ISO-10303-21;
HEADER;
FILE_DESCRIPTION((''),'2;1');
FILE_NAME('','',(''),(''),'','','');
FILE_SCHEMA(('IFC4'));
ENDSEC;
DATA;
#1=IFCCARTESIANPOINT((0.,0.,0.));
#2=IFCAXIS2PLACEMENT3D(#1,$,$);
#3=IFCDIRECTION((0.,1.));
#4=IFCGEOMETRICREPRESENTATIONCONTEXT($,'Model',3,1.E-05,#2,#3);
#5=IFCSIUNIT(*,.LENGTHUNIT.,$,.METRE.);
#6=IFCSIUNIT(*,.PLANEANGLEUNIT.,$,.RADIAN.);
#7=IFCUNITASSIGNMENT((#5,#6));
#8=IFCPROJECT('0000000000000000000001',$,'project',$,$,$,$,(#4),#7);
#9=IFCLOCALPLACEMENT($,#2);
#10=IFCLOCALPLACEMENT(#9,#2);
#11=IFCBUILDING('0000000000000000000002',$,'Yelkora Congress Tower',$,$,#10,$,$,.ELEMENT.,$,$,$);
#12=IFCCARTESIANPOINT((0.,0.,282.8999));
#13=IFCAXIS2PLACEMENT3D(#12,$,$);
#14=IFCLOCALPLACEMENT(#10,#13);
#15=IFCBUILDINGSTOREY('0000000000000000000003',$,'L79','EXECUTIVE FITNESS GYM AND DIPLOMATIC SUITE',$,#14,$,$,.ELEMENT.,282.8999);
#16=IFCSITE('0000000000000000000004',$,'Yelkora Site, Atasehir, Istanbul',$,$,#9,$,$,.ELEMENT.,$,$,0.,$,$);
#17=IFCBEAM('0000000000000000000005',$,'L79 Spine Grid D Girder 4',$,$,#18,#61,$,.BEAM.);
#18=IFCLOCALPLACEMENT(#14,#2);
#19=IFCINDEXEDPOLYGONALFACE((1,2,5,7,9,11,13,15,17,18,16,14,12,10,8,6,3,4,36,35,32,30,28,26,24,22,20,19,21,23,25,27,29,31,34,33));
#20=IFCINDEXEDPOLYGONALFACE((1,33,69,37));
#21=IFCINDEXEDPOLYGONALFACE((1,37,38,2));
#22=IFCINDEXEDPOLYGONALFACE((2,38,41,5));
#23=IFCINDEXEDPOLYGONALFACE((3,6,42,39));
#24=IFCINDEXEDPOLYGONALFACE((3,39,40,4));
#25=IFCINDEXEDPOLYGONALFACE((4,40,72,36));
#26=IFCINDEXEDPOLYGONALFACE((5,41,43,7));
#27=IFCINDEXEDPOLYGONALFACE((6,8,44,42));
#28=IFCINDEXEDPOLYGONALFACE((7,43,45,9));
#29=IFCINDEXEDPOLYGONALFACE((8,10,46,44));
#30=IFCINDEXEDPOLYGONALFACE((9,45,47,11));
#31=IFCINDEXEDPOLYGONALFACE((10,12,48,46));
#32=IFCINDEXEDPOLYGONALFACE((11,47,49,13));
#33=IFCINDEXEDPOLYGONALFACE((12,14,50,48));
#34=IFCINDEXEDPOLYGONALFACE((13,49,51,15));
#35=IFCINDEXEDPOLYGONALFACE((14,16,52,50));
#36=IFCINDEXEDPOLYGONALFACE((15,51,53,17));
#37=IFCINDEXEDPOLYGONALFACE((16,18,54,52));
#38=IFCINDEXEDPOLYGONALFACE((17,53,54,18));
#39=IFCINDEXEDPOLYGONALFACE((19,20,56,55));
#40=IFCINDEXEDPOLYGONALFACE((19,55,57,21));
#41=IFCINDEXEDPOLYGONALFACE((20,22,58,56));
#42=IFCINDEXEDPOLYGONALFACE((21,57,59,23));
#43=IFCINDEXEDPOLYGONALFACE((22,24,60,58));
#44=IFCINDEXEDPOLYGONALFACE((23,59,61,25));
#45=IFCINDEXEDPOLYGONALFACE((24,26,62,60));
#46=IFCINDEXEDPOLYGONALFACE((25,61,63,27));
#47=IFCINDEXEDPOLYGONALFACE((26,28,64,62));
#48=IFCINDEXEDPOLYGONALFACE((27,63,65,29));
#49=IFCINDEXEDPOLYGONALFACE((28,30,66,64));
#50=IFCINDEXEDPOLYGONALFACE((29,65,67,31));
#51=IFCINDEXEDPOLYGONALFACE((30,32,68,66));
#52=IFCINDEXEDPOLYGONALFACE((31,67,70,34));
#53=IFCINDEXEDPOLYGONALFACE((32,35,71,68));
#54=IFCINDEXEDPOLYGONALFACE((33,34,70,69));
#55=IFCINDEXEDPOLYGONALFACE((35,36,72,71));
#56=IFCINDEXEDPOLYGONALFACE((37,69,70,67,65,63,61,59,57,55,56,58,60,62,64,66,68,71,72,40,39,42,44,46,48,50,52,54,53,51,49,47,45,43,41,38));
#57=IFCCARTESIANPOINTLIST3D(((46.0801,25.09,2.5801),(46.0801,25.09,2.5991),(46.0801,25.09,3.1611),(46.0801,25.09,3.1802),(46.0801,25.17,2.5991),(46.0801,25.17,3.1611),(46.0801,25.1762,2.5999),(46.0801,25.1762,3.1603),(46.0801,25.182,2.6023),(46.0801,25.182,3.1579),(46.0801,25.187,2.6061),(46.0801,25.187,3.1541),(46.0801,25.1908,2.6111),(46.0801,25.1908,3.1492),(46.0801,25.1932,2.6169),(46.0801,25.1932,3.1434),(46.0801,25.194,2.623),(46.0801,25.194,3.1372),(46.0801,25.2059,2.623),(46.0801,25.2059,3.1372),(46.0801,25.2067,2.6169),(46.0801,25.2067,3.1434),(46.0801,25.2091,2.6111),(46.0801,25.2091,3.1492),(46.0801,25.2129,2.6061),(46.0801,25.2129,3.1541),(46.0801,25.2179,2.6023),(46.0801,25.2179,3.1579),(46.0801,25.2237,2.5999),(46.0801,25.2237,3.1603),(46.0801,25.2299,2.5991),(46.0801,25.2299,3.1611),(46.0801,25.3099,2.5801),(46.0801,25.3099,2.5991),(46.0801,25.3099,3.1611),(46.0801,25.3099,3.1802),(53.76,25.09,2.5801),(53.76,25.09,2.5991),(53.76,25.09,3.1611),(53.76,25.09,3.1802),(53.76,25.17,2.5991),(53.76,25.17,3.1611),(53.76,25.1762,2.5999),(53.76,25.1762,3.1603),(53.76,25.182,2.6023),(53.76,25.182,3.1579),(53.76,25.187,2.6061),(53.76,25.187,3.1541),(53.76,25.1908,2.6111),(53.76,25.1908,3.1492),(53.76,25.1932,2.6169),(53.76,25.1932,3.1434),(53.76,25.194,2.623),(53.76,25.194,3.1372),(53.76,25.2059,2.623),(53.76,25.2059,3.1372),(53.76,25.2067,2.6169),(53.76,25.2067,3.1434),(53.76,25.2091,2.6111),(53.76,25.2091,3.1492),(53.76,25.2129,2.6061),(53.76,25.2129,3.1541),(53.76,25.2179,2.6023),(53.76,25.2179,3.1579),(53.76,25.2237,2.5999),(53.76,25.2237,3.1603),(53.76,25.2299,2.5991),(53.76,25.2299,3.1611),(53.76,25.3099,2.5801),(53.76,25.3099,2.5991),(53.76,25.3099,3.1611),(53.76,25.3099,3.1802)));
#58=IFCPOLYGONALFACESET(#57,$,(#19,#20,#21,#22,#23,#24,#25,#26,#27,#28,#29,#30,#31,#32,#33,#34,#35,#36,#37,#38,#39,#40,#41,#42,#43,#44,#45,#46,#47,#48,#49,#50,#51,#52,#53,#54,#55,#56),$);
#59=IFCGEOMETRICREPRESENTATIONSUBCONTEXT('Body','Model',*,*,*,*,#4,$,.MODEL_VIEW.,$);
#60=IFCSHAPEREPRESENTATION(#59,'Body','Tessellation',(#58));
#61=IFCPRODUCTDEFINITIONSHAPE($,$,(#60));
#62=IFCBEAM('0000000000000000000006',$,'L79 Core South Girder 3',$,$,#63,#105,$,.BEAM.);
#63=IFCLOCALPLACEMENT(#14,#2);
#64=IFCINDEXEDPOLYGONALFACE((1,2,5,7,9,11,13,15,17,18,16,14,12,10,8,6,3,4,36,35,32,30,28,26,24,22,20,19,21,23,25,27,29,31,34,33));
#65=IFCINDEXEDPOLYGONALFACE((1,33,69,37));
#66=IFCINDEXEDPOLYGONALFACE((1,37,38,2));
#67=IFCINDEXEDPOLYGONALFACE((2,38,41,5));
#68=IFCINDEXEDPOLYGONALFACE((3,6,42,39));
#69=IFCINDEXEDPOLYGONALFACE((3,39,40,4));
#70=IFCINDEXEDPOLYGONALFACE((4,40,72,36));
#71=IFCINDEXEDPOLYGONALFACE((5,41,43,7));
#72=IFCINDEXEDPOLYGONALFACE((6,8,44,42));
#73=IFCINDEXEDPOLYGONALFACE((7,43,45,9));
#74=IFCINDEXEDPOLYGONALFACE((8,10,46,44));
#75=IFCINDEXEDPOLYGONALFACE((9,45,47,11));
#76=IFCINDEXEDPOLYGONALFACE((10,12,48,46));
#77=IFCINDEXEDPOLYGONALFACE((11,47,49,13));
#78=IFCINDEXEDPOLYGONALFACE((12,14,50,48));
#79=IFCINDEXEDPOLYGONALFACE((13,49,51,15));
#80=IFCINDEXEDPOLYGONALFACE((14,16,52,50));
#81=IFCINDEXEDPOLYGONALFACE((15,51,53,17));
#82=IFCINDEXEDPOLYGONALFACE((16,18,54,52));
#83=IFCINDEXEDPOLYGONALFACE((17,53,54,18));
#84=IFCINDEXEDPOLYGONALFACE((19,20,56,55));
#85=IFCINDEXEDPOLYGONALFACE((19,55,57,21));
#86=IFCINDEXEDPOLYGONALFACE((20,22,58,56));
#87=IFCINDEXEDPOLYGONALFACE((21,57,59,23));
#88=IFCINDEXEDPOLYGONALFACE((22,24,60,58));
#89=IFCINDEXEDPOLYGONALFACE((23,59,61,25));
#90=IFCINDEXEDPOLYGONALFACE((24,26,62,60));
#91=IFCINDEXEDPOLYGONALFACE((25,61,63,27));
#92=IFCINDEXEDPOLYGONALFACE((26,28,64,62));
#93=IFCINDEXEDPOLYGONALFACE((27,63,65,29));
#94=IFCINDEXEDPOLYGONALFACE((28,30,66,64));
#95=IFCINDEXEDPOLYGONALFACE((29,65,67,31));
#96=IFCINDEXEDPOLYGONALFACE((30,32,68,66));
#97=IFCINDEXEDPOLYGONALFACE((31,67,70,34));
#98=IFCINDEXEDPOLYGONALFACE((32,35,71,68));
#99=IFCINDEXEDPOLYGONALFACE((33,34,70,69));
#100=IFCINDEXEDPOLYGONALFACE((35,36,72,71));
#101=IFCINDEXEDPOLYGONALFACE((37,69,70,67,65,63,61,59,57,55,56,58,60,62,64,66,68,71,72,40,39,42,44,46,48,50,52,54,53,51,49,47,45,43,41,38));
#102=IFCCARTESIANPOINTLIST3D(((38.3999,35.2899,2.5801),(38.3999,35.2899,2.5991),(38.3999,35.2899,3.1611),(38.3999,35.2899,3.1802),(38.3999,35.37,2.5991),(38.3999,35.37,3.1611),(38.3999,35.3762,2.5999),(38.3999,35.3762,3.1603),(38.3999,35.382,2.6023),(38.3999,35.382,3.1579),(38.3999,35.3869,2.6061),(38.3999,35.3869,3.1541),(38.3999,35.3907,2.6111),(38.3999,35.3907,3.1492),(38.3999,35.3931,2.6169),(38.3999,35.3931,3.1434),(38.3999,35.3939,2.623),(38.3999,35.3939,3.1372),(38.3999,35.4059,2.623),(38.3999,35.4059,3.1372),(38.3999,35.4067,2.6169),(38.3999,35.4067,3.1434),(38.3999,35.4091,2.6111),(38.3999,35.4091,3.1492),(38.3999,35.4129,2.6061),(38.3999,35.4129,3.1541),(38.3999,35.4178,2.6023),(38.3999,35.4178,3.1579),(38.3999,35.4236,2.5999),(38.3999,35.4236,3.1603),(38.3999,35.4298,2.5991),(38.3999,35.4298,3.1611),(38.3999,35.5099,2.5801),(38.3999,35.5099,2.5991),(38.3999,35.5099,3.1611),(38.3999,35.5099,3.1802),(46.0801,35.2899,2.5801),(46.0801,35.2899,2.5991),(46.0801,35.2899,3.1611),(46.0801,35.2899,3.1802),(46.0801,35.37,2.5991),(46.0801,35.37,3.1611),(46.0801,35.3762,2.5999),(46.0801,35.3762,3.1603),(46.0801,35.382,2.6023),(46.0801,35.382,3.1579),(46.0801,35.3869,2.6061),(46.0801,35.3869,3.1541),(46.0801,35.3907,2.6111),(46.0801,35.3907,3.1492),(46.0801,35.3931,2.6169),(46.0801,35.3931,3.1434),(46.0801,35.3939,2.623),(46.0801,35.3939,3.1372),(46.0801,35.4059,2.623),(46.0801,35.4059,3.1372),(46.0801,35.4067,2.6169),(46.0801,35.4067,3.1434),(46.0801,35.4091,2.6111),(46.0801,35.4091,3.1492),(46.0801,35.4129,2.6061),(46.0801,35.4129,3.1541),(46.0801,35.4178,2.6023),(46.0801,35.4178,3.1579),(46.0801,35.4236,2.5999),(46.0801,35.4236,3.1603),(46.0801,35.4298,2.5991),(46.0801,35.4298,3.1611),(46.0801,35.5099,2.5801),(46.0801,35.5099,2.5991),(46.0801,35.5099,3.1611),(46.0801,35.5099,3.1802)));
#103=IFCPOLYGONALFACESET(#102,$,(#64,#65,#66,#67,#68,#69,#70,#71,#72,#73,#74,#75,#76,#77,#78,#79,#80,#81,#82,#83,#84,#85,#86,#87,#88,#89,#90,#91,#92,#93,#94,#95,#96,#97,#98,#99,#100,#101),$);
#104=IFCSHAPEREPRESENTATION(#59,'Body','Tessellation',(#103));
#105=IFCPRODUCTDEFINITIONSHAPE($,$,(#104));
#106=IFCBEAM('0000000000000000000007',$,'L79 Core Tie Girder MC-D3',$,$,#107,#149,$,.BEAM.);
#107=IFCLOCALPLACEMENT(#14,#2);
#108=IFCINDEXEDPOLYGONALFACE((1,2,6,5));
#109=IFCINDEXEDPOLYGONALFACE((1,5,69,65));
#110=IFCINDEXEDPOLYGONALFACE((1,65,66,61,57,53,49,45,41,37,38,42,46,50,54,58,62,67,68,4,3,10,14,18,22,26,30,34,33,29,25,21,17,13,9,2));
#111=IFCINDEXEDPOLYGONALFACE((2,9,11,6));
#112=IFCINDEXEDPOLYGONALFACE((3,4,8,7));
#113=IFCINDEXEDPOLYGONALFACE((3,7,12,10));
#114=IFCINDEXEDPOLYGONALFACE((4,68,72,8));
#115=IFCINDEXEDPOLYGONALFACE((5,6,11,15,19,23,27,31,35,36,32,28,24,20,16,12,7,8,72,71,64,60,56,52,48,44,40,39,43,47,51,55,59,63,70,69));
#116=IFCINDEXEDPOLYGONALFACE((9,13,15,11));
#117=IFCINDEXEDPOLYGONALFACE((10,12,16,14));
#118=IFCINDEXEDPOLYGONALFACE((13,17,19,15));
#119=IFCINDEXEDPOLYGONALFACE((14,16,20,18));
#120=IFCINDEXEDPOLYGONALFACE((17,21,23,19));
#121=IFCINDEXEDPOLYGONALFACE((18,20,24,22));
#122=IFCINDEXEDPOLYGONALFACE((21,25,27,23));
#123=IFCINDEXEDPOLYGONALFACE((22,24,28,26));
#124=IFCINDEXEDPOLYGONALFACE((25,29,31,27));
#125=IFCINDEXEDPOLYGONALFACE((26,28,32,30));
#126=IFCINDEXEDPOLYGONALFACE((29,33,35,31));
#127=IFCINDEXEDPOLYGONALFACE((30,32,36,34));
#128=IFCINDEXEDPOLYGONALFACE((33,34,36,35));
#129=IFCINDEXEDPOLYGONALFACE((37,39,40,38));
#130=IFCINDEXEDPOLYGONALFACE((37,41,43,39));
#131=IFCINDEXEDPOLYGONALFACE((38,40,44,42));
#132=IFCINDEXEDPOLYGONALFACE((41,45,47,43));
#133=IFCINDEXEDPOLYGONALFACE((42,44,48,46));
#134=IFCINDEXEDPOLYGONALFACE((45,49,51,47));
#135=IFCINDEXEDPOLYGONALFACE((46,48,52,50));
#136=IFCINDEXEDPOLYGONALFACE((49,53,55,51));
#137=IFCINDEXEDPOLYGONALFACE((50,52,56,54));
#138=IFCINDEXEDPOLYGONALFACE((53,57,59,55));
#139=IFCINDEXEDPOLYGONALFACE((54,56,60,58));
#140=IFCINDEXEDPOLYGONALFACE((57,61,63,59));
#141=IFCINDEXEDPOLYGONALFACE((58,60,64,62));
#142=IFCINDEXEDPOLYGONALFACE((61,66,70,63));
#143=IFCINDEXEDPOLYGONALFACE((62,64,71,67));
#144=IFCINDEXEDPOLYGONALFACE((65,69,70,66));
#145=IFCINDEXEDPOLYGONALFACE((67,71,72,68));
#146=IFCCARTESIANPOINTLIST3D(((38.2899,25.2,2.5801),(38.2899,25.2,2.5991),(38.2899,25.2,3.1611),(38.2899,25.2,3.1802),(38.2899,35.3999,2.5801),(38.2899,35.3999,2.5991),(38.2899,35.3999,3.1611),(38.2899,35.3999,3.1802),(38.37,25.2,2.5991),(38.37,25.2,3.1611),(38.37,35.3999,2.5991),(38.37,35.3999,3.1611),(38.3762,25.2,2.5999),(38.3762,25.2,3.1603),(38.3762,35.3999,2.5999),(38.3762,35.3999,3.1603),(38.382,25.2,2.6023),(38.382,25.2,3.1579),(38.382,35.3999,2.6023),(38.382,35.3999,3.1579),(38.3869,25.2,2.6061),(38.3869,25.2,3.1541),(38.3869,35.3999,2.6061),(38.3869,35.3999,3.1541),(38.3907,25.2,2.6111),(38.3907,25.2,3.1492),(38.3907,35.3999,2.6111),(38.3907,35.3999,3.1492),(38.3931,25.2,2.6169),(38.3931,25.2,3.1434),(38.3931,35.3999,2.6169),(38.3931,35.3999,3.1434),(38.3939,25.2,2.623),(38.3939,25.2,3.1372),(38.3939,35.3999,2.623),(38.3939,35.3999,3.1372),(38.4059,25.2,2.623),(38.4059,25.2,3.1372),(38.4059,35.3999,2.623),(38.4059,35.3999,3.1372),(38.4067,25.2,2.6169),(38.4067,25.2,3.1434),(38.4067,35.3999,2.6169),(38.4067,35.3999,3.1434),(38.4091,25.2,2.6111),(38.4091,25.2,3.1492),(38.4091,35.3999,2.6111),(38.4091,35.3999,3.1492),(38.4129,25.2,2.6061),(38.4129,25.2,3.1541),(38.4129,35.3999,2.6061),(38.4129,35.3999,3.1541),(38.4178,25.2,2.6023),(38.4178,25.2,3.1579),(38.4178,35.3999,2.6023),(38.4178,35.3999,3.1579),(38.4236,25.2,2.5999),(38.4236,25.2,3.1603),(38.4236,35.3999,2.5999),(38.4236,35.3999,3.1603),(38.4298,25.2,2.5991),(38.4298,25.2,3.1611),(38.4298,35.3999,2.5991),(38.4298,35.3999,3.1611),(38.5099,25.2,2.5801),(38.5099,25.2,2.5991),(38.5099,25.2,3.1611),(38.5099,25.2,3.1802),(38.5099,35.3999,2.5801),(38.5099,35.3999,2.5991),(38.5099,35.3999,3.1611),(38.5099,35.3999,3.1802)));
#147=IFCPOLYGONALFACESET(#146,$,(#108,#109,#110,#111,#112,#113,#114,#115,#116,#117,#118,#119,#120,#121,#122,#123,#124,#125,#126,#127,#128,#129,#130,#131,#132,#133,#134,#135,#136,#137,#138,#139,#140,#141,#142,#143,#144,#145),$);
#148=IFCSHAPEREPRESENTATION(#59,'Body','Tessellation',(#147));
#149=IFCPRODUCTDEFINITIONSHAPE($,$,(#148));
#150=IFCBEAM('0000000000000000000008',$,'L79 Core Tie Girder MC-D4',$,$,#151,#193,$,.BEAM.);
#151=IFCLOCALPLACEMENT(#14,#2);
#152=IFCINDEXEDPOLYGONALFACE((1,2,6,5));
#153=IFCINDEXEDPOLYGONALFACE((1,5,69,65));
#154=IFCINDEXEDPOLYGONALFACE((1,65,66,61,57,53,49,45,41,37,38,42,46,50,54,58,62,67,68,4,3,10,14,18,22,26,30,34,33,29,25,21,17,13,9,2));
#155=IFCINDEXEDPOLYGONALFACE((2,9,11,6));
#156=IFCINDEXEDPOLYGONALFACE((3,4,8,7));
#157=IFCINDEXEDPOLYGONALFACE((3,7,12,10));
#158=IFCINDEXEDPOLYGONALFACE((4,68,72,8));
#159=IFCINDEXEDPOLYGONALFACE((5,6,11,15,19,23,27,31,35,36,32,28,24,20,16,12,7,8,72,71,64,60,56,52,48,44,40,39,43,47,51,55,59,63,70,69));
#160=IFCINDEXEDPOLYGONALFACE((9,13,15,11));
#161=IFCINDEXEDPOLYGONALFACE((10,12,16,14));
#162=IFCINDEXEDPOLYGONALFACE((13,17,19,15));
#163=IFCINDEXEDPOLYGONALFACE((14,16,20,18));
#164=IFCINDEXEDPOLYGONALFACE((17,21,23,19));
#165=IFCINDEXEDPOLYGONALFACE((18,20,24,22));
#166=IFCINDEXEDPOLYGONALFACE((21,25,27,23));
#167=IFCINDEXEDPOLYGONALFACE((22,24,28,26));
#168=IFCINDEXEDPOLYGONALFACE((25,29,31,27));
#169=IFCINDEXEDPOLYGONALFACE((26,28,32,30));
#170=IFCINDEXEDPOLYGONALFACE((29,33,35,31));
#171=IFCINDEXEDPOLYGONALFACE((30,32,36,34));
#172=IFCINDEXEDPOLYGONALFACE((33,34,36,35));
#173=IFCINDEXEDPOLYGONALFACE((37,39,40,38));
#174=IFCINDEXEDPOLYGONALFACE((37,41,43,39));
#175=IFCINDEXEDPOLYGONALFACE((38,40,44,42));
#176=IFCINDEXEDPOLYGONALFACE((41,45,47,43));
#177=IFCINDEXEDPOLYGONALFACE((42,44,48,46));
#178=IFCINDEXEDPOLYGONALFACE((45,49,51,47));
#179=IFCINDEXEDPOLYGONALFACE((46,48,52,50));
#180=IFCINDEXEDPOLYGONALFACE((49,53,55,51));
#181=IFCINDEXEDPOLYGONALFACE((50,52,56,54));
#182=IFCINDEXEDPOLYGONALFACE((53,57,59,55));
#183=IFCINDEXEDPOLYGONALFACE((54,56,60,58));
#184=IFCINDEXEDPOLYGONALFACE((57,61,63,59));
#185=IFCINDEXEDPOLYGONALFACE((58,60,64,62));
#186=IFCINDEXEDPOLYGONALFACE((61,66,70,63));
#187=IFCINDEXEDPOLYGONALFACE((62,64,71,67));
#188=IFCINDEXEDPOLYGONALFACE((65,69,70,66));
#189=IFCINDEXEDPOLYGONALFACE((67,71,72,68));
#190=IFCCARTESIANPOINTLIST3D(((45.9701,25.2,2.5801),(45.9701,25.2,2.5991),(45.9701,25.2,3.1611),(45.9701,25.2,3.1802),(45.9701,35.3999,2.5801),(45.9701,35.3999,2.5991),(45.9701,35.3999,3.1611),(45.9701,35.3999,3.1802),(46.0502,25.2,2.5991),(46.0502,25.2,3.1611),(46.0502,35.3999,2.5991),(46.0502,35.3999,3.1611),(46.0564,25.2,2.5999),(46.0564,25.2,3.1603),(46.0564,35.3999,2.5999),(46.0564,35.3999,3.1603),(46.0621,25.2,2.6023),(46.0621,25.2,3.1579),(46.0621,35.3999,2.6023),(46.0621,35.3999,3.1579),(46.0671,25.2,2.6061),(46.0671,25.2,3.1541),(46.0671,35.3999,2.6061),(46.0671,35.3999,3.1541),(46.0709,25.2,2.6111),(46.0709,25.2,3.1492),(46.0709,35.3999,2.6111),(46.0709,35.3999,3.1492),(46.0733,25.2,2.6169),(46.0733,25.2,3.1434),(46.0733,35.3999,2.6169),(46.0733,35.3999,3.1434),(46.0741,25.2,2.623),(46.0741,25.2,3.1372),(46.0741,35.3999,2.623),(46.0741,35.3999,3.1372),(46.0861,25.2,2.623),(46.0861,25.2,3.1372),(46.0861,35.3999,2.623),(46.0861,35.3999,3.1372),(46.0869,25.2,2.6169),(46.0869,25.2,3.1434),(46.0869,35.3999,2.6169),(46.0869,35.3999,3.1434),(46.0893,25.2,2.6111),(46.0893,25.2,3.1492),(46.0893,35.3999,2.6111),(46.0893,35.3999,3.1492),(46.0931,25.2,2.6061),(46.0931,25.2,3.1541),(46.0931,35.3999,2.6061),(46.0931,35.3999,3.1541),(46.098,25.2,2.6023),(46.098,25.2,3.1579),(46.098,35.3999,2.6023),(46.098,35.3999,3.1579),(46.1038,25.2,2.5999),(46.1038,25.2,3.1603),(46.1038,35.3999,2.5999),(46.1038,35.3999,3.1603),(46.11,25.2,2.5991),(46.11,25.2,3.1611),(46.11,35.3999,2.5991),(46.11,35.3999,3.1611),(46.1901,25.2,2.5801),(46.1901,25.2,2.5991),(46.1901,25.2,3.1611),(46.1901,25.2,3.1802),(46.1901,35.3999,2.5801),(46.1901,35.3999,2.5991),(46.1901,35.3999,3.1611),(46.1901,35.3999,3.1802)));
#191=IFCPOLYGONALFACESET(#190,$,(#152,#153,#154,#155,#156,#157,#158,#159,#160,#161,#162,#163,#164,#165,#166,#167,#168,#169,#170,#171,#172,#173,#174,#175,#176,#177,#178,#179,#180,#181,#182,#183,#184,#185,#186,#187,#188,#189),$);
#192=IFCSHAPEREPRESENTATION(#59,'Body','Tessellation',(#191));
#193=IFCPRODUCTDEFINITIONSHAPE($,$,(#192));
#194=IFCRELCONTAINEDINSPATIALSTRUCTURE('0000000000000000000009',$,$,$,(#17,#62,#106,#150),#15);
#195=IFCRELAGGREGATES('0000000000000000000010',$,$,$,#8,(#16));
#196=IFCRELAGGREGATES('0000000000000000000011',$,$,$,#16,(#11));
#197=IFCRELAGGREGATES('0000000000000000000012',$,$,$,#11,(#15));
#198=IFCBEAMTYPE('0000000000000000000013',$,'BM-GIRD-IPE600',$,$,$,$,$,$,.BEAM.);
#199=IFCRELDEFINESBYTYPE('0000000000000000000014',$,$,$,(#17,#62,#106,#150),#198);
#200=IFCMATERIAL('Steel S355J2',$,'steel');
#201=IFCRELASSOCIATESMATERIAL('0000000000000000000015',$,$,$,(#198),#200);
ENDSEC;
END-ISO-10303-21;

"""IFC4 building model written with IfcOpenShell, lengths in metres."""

from ifc_helpers import new_model, si_unit, direction, frame, origin, origin_2d, place, context, subcontext, project, spatial, i_section, extrude, material, material_profile, profile_set, type_object, element, save


model = new_model("IFC4")

# Units and contexts
model_context = context("Model", 3, precision=1e-05, world=origin(), true_north=direction((0.0, 1.0)))
body_context = subcontext(model_context, "Body", "Model", "MODEL_VIEW")
ifc_project = project(units=[si_unit("LENGTHUNIT", "METRE"), si_unit("PLANEANGLEUNIT", "RADIAN")], contexts=[model_context])

# Site, building, storey
site_placement = place(None, origin())
site = spatial("IfcSite", under=ifc_project, at=site_placement, Name="Yelkora Site, Atasehir, Istanbul", CompositionType="ELEMENT", RefElevation=0.0)
building_placement = place(site_placement, origin())
building = spatial("IfcBuilding", under=site, at=building_placement, Name="Yelkora Congress Tower", CompositionType="ELEMENT")
storey_placement = place(building_placement, frame((0.0, 0.0, 282.8999)))
storey = spatial("IfcBuildingStorey", under=building, at=storey_placement, Name="L79", Description="EXECUTIVE FITNESS GYM AND DIPLOMATIC SUITE", CompositionType="ELEMENT", Elevation=282.8999)

# Beams
ifc_material_1 = material(Name="Steel S355J2", Category="steel")
ifc_material_profile_1 = material_profile(ifc_material_1, i_section(OverallWidth=0.22, OverallDepth=0.6001, WebThickness=0.012, FlangeThickness=0.019, FilletRadius=0.0239, at=origin_2d()), Name="IPE 600")
ifc_profile_set_1 = profile_set([ifc_material_profile_1], Name="Steel S355J2")
beam_type_1 = type_object("IfcBeamType", Name="BM-GIRD-IPE600", PredefinedType="BEAM", material=ifc_profile_set_1)
beam_1_placement = place(storey_placement, frame((46.0801, 25.2, 2.8801), z_axis=(1.0, 0.0, 0.0), x_axis=(0.0, 1.0, 0.0)))
element("IfcBeam", 1, at=beam_1_placement, inside=storey, type_object=beam_type_1, Name="L79 Spine Grid D Girder 4", PredefinedType="BEAM", context=body_context, shape_type="SweptSolid", body=[
    extrude(i_section(OverallWidth=0.22, OverallDepth=0.6001, WebThickness=0.012, FlangeThickness=0.019, FilletRadius=0.0239, at=origin_2d()), origin(), (0.0, 0.0, 1.0), 7.6799),
])
beam_2_placement = place(storey_placement, frame((38.3999, 35.3999, 2.8801), z_axis=(1.0, 0.0, 0.0), x_axis=(0.0, 1.0, 0.0)))
element("IfcBeam", 2, at=beam_2_placement, inside=storey, type_object=beam_type_1, Name="L79 Core South Girder 3", PredefinedType="BEAM", context=body_context, shape_type="SweptSolid", body=[
    extrude(i_section(OverallWidth=0.22, OverallDepth=0.6001, WebThickness=0.012, FlangeThickness=0.019, FilletRadius=0.0239, at=origin_2d()), origin(), (0.0, 0.0, 1.0), 7.6802),
])
for number, where, z_axis, x_axis, name in (
    (3, (38.3999, 25.2, 2.8801), (0.0, 1.0, 0.0), (-1.0, 0.0, 0.0), "L79 Core Tie Girder MC-D3"),
    (4, (46.0801, 25.2, 2.8801), (0.0, 1.0, 0.0), (-1.0, 0.0, 0.0), "L79 Core Tie Girder MC-D4"),
):
    element("IfcBeam", number, at=place(storey_placement, frame(where, z_axis=z_axis, x_axis=x_axis)), inside=storey, type_object=beam_type_1, Name=name, PredefinedType="BEAM", context=body_context, shape_type="SweptSolid", body=[
        extrude(i_section(OverallWidth=0.22, OverallDepth=0.6001, WebThickness=0.012, FlangeThickness=0.019, FilletRadius=0.0239, at=origin_2d()), origin(), (0.0, 0.0, 1.0), 10.2),
    ])

save(model, "model.ifc")
